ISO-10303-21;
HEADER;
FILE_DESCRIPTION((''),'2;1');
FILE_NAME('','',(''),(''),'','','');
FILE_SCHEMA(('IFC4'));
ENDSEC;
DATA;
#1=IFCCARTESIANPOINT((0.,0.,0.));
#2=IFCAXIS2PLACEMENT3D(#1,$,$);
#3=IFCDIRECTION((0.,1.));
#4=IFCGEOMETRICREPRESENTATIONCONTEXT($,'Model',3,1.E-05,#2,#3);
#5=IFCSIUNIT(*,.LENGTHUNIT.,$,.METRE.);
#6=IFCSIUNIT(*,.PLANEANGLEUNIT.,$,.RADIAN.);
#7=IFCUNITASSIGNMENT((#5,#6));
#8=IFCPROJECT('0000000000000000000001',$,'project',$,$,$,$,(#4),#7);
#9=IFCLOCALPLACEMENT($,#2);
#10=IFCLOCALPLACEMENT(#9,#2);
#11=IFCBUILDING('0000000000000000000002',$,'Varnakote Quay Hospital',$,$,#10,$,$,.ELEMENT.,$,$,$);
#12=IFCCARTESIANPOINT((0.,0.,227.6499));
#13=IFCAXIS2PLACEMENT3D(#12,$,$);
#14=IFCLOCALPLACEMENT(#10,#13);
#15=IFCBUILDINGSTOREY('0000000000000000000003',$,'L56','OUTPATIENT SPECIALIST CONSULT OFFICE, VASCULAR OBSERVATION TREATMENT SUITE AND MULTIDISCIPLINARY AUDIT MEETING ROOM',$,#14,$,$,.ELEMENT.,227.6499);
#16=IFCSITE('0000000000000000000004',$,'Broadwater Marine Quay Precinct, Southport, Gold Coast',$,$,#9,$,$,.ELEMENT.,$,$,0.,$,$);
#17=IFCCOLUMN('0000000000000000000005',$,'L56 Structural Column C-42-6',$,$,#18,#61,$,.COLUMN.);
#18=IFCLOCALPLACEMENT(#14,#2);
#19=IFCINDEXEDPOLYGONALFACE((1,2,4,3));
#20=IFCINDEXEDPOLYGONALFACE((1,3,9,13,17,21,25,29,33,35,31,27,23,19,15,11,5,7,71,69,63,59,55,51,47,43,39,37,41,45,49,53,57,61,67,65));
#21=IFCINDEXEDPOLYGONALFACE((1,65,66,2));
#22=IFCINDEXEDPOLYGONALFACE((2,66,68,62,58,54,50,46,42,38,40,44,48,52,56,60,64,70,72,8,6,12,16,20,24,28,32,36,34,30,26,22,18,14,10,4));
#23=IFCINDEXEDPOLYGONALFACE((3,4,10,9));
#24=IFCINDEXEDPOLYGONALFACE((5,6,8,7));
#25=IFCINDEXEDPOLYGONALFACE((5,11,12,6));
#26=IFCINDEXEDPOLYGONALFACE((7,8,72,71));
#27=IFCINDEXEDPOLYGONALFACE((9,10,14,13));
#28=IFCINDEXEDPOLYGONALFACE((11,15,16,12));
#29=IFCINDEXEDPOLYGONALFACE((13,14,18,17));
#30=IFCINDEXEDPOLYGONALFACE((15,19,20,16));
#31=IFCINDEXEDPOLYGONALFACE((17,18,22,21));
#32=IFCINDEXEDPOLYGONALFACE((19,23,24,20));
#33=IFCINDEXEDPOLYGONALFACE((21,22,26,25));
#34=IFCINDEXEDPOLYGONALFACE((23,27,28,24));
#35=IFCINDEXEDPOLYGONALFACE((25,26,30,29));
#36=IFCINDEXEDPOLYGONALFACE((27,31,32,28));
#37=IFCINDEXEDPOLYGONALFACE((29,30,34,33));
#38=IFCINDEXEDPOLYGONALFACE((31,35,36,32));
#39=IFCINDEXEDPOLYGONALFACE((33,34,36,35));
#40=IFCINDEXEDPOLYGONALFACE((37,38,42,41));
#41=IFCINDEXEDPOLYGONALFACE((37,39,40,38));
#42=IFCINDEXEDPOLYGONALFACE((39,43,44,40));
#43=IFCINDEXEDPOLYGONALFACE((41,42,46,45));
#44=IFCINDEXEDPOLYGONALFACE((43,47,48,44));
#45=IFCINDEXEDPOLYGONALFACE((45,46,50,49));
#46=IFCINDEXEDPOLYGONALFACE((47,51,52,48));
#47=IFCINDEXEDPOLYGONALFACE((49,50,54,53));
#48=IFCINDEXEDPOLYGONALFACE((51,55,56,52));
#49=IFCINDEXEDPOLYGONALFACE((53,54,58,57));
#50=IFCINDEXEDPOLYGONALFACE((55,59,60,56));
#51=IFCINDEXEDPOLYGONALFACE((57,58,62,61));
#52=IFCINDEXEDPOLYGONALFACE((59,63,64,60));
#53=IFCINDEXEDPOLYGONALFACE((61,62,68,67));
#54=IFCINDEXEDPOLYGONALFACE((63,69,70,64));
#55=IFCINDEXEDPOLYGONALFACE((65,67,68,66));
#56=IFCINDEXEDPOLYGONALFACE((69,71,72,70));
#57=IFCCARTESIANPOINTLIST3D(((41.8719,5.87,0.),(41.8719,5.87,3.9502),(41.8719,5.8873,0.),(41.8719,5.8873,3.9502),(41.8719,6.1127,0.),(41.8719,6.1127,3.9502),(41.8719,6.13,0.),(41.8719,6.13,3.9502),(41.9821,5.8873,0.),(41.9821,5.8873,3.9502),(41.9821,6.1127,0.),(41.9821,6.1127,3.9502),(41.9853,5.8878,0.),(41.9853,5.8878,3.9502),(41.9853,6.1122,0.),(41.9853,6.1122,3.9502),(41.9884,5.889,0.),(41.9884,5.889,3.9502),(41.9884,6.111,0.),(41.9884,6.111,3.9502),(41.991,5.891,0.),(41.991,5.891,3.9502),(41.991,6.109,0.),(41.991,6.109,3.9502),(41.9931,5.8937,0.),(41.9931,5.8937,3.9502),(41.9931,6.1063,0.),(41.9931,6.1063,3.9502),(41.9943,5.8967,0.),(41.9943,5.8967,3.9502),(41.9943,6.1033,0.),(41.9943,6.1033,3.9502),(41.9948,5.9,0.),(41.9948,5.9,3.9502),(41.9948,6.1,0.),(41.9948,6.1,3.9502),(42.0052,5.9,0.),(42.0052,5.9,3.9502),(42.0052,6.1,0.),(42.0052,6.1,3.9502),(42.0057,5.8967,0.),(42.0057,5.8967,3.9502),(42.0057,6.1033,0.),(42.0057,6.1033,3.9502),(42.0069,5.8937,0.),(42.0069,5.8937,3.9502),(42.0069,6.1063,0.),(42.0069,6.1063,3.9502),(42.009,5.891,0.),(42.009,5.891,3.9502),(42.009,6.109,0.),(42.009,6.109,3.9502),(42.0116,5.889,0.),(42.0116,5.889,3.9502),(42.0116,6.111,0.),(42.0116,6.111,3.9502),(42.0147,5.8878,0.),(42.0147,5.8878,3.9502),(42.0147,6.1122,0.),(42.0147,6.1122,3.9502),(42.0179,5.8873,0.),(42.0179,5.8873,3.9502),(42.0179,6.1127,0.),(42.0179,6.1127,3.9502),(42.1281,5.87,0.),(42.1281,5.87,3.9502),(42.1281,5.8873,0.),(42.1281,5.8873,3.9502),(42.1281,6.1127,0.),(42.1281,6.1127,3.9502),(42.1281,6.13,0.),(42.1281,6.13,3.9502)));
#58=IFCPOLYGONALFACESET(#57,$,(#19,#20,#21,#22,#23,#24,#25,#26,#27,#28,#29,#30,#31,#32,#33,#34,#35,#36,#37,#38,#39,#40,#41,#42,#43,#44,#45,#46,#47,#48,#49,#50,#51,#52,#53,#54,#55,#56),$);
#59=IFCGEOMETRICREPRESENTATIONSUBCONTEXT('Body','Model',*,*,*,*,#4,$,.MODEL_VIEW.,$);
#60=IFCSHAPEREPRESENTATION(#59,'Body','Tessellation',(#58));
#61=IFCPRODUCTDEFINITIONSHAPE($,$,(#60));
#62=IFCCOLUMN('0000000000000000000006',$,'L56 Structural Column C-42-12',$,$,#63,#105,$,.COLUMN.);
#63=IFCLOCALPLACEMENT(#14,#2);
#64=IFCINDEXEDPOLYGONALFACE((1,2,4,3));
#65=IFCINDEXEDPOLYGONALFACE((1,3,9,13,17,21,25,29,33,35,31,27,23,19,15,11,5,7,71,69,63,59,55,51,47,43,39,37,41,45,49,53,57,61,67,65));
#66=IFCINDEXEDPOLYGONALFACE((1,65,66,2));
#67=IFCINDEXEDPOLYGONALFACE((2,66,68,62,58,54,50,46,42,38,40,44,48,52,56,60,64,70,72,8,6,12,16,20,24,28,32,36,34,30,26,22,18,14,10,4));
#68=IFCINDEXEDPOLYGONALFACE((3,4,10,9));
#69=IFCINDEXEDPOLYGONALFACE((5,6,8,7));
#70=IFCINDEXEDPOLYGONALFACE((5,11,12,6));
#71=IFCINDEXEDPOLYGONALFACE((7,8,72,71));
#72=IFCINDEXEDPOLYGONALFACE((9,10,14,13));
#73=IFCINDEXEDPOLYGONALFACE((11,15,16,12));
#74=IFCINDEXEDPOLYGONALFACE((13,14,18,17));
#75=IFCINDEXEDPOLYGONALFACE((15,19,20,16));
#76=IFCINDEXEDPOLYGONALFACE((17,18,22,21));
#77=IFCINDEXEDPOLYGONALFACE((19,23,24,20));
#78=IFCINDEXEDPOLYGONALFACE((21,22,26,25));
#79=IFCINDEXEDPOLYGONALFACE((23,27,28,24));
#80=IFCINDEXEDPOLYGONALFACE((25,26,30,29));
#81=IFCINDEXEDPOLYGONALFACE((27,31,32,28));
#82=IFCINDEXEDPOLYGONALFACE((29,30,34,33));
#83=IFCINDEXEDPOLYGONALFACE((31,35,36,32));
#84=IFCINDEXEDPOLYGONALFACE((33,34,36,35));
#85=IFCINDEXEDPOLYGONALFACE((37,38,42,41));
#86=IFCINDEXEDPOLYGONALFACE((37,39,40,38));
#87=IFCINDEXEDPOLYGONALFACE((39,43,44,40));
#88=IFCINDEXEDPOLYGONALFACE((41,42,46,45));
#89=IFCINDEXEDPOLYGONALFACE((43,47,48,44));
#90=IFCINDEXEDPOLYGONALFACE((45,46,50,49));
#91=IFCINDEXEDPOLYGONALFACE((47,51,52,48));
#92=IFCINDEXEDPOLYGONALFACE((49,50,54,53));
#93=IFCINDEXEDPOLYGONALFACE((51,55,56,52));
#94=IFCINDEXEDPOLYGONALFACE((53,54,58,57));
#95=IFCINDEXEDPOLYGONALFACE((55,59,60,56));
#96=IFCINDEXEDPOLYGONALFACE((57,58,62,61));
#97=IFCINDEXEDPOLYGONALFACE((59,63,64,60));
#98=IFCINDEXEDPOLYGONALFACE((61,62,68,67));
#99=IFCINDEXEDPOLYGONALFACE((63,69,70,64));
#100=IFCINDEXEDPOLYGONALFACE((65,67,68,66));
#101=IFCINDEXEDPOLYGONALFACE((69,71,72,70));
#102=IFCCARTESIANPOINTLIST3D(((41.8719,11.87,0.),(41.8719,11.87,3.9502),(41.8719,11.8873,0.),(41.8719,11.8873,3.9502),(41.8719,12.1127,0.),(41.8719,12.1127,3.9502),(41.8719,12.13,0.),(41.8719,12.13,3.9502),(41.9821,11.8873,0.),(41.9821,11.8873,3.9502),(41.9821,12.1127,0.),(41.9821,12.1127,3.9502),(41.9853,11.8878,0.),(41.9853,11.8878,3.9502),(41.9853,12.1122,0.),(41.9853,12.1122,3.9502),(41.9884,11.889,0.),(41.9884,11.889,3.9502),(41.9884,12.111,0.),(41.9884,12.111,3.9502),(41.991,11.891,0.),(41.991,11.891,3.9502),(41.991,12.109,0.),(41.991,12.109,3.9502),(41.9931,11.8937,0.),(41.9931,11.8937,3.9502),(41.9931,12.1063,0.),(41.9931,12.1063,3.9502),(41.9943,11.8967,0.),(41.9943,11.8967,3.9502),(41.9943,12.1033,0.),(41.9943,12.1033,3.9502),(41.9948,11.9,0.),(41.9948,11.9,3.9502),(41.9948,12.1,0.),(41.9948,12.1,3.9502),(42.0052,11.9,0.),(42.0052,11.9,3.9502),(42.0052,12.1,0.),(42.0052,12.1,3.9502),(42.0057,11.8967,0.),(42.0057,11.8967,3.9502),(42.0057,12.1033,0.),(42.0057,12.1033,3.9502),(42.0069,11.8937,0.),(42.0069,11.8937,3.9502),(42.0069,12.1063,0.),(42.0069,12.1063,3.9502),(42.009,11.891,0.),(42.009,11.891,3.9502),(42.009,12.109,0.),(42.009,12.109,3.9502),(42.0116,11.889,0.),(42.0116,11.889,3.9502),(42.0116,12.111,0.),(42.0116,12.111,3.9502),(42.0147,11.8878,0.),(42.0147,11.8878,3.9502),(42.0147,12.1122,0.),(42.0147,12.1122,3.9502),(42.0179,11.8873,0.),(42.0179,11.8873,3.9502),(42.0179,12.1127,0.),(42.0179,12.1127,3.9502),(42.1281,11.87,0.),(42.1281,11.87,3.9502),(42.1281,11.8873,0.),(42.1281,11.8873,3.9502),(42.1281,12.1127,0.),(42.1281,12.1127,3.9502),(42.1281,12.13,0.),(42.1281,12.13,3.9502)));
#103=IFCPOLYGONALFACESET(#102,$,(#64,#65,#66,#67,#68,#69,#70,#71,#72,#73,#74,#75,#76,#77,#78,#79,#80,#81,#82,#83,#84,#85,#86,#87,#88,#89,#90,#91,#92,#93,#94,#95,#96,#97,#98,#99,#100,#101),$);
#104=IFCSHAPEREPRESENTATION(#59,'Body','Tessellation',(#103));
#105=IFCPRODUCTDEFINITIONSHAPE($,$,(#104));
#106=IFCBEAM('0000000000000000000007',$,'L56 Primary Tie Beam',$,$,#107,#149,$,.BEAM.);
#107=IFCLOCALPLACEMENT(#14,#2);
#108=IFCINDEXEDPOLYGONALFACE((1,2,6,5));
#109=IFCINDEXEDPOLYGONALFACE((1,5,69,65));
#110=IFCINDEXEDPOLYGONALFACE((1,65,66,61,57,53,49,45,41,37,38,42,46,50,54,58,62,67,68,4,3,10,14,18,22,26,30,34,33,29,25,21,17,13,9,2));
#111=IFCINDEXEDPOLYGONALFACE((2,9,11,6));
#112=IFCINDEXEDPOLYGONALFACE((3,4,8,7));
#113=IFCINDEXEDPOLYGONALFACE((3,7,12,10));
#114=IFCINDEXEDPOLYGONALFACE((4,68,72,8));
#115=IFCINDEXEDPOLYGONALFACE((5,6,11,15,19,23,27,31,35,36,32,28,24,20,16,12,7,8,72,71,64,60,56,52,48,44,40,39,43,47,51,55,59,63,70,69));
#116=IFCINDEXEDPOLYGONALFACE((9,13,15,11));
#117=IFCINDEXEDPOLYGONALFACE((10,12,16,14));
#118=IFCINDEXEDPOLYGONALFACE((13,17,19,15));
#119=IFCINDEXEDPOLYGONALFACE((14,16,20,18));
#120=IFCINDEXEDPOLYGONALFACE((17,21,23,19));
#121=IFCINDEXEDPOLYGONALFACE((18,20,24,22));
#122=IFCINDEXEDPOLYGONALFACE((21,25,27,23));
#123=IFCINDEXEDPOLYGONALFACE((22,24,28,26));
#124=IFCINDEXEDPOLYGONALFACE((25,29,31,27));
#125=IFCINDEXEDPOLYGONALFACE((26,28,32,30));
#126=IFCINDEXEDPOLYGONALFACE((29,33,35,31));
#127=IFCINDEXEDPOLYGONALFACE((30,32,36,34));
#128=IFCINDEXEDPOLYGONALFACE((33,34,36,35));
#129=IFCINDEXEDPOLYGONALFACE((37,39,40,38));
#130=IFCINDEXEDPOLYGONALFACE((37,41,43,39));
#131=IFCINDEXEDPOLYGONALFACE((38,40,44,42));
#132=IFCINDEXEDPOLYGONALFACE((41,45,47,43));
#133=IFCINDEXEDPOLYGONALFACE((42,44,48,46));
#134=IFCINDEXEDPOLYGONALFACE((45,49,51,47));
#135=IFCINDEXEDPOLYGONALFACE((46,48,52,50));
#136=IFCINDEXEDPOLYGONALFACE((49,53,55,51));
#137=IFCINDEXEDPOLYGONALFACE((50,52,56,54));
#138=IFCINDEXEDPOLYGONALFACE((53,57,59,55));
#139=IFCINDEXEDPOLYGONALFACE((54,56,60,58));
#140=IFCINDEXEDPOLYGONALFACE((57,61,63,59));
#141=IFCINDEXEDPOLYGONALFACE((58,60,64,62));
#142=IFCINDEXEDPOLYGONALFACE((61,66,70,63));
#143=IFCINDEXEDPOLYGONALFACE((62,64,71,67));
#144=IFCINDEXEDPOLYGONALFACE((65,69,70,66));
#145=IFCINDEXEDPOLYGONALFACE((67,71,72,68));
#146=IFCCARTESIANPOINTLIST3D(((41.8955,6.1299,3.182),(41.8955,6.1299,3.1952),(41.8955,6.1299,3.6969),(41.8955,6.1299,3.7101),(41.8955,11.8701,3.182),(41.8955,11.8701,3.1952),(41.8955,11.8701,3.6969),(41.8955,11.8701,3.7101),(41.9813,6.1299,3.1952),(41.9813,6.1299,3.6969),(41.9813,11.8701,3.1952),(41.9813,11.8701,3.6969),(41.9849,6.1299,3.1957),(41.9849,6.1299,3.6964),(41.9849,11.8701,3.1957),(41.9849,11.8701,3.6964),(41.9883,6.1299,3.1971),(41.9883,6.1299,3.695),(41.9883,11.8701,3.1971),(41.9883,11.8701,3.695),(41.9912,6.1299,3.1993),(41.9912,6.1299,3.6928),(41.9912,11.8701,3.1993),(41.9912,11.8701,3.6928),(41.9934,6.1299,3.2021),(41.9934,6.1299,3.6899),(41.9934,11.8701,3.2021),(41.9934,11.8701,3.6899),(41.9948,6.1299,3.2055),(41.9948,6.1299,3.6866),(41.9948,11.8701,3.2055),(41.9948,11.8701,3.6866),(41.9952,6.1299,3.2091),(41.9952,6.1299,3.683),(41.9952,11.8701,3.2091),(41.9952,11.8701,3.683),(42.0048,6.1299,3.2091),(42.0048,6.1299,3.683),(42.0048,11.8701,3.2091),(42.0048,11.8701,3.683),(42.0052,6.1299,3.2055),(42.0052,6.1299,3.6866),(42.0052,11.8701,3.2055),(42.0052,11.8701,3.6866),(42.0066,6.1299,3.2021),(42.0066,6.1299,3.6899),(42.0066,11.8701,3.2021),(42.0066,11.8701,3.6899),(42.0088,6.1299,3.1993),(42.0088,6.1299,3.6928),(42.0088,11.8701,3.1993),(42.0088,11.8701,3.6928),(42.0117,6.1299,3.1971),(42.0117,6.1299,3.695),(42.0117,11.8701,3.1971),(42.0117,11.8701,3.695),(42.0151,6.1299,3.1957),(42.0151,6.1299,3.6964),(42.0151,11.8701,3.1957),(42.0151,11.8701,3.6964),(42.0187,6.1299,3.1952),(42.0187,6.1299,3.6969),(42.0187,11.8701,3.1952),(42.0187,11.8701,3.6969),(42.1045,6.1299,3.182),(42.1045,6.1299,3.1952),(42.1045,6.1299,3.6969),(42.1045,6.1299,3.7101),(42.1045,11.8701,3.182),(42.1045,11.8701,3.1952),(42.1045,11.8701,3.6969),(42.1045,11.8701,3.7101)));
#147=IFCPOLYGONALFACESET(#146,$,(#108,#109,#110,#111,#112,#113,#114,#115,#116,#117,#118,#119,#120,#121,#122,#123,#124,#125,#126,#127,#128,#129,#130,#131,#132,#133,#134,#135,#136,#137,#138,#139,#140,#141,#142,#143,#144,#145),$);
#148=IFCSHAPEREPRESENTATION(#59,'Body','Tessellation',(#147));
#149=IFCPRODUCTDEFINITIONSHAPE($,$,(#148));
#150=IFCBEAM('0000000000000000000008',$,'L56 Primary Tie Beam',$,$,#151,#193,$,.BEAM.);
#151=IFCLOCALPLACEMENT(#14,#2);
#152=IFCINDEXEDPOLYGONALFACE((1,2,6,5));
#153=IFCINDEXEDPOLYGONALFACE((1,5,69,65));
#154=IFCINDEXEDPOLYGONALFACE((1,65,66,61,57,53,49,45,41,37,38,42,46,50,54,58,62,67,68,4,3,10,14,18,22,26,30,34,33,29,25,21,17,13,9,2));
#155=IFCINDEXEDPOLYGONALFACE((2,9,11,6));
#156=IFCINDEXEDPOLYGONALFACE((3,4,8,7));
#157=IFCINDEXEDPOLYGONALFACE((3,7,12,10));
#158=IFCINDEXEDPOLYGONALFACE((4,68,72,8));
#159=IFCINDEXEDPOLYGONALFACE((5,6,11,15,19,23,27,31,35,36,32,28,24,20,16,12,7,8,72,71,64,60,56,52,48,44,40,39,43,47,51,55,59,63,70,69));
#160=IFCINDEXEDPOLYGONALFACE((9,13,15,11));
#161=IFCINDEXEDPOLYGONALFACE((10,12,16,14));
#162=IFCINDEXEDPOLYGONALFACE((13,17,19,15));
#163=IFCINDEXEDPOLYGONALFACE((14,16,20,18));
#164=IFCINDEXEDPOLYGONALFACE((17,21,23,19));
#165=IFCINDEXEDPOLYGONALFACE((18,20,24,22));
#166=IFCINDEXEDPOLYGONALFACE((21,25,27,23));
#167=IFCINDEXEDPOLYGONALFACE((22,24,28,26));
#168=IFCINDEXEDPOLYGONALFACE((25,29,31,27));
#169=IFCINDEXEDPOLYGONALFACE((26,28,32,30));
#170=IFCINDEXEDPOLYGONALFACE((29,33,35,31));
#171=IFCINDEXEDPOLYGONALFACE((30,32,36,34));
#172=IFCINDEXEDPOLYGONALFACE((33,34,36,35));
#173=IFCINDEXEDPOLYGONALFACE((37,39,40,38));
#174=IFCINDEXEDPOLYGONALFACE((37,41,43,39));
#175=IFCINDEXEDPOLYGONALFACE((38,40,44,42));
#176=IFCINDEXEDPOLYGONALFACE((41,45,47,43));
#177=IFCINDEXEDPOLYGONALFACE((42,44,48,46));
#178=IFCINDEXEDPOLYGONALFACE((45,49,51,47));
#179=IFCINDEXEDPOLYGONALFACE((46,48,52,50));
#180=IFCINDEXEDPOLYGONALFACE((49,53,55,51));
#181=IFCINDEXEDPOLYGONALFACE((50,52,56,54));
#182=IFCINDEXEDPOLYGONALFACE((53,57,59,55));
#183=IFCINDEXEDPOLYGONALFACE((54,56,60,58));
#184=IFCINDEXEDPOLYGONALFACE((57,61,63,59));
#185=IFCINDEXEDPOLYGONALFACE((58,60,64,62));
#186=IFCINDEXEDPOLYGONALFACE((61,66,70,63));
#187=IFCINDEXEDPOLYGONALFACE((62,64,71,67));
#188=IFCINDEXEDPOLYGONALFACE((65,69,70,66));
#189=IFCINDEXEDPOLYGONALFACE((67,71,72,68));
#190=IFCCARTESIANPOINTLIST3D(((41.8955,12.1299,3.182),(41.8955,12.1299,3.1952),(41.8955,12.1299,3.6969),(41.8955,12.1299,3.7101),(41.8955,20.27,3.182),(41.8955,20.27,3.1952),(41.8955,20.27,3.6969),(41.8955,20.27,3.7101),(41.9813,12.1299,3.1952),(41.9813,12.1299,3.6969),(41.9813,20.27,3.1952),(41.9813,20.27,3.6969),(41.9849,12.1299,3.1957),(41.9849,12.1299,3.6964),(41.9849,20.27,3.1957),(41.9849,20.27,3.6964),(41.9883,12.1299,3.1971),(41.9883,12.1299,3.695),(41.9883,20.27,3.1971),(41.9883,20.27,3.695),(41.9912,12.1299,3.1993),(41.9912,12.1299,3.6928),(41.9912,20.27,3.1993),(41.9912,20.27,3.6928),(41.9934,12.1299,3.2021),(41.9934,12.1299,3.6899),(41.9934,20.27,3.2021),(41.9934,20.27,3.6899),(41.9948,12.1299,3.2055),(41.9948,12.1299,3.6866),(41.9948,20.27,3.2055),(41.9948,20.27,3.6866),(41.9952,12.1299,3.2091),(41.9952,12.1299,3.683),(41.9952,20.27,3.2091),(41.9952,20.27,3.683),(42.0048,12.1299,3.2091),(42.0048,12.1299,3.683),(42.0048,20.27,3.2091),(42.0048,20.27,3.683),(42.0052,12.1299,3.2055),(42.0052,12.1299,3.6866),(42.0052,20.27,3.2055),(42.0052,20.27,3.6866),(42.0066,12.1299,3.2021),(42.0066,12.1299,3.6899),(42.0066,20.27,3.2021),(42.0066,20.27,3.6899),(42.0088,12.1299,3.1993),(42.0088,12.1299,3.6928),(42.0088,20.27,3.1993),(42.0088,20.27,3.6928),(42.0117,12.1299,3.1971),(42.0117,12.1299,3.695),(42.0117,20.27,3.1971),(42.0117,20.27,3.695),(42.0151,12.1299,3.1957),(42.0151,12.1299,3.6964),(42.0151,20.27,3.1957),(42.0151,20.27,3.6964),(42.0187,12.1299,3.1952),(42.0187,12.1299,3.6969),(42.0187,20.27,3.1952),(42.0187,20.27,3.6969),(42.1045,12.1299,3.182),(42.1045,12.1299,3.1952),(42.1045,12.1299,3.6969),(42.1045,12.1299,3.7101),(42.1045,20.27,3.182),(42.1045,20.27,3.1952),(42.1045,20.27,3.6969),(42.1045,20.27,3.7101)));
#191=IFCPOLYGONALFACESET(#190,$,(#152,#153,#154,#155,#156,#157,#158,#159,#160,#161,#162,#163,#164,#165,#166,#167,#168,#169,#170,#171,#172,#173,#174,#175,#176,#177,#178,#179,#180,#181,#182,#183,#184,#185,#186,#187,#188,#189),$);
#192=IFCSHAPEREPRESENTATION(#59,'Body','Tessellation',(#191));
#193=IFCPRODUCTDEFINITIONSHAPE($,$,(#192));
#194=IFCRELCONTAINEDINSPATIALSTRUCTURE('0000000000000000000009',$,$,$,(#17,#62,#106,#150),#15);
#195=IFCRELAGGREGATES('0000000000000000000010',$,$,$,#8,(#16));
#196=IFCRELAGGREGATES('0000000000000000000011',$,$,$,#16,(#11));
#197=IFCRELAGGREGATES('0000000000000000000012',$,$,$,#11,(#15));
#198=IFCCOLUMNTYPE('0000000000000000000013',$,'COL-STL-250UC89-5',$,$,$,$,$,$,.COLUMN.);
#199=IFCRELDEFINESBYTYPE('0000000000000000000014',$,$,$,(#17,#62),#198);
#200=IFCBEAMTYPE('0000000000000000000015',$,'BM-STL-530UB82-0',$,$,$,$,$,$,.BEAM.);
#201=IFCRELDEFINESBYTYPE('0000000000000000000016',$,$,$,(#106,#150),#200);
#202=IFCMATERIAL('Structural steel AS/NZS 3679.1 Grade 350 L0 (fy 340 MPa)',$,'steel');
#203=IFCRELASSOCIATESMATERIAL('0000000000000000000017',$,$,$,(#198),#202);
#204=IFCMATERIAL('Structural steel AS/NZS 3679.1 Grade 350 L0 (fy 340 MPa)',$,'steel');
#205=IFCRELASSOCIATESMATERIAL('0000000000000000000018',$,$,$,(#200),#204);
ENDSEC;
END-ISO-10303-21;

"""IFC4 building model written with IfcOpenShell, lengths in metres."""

from ifc_helpers import new_model, si_unit, direction, frame, origin, origin_2d, place, context, subcontext, project, spatial, i_section, extrude, material, material_profile, profile_set, type_object, element, save


model = new_model("IFC4")

# Units and contexts
model_context = context("Model", 3, precision=1e-05, world=origin(), true_north=direction((0.0, 1.0)))
body_context = subcontext(model_context, "Body", "Model", "MODEL_VIEW")
ifc_project = project(units=[si_unit("LENGTHUNIT", "METRE"), si_unit("PLANEANGLEUNIT", "RADIAN")], contexts=[model_context])

# Site, building, storey
site_placement = place(None, origin())
site = spatial("IfcSite", under=ifc_project, at=site_placement, Name="Broadwater Marine Quay Precinct, Southport, Gold Coast", CompositionType="ELEMENT", RefElevation=0.0)
building_placement = place(site_placement, origin())
building = spatial("IfcBuilding", under=site, at=building_placement, Name="Varnakote Quay Hospital", CompositionType="ELEMENT")
storey_placement = place(building_placement, frame((0.0, 0.0, 227.6499)))
storey = spatial("IfcBuildingStorey", under=building, at=storey_placement, Name="L56", Description="OUTPATIENT SPECIALIST CONSULT OFFICE, VASCULAR OBSERVATION TREATMENT SUITE AND MULTIDISCIPLINARY AUDIT MEETING ROOM", CompositionType="ELEMENT", Elevation=227.6499)

# Columns
ifc_material_1 = material(Name="Structural steel AS/NZS 3679.1 Grade 350 L0 (fy 340 MPa)", Category="steel")
ifc_material_profile_1 = material_profile(ifc_material_1, i_section(OverallWidth=0.2561, OverallDepth=0.26, WebThickness=0.0105, FlangeThickness=0.0173, FilletRadius=0.0127, at=origin_2d()), Name="250UC89.5")
ifc_profile_set_1 = profile_set([ifc_material_profile_1], Name="Structural steel AS/NZS 3679.1 Grade 350 L0 (fy 340 MPa)")
column_type = type_object("IfcColumnType", Name="COL-STL-250UC89-5", PredefinedType="COLUMN", material=ifc_profile_set_1)
for number, where, z_axis, x_axis, name in (
    (1, (42.0, 6.0, 0.0), (0.0, 0.0, 1.0), (1.0, 0.0, 0.0), "L56 Structural Column C-42-6"),
    (2, (42.0, 12.0, 0.0), (0.0, 0.0, 1.0), (1.0, 0.0, 0.0), "L56 Structural Column C-42-12"),
):
    element("IfcColumn", number, at=place(storey_placement, frame(where, z_axis=z_axis, x_axis=x_axis)), inside=storey, type_object=column_type, Name=name, PredefinedType="COLUMN", context=body_context, shape_type="SweptSolid", body=[
        extrude(i_section(OverallWidth=0.2561, OverallDepth=0.26, WebThickness=0.0105, FlangeThickness=0.0173, FilletRadius=0.0127, at=origin_2d()), origin(), (0.0, 0.0, 1.0), 3.9502),
    ])

# Beams
ifc_material_2 = material(Name="Structural steel AS/NZS 3679.1 Grade 350 L0 (fy 340 MPa)", Category="steel")
ifc_material_profile_2 = material_profile(ifc_material_2, i_section(OverallWidth=0.209, OverallDepth=0.5281, WebThickness=0.0095, FlangeThickness=0.0132, FilletRadius=0.0139, at=origin_2d()), Name="530UB82.0")
ifc_profile_set_2 = profile_set([ifc_material_profile_2], Name="Structural steel AS/NZS 3679.1 Grade 350 L0 (fy 340 MPa)")
beam_type_1 = type_object("IfcBeamType", Name="BM-STL-530UB82-0", PredefinedType="BEAM", material=ifc_profile_set_2)
beam_1_placement = place(storey_placement, frame((42.0, 6.1299, 3.446), z_axis=(0.0, 1.0, 0.0), x_axis=(-1.0, 0.0, 0.0)))
element("IfcBeam", 3, at=beam_1_placement, inside=storey, type_object=beam_type_1, Name="L56 Primary Tie Beam", PredefinedType="BEAM", context=body_context, shape_type="SweptSolid", body=[
    extrude(i_section(OverallWidth=0.209, OverallDepth=0.5281, WebThickness=0.0095, FlangeThickness=0.0132, FilletRadius=0.0139, at=origin_2d()), origin(), (0.0, 0.0, 1.0), 5.7402),
])
beam_2_placement = place(storey_placement, frame((42.0, 12.1299, 3.446), z_axis=(0.0, 1.0, 0.0), x_axis=(-1.0, 0.0, 0.0)))
element("IfcBeam", 4, at=beam_2_placement, inside=storey, type_object=beam_type_1, Name="L56 Primary Tie Beam", PredefinedType="BEAM", context=body_context, shape_type="SweptSolid", body=[
    extrude(i_section(OverallWidth=0.209, OverallDepth=0.5281, WebThickness=0.0095, FlangeThickness=0.0132, FilletRadius=0.0139, at=origin_2d()), origin(), (0.0, 0.0, 1.0), 8.1401),
])

save(model, "model.ifc")
